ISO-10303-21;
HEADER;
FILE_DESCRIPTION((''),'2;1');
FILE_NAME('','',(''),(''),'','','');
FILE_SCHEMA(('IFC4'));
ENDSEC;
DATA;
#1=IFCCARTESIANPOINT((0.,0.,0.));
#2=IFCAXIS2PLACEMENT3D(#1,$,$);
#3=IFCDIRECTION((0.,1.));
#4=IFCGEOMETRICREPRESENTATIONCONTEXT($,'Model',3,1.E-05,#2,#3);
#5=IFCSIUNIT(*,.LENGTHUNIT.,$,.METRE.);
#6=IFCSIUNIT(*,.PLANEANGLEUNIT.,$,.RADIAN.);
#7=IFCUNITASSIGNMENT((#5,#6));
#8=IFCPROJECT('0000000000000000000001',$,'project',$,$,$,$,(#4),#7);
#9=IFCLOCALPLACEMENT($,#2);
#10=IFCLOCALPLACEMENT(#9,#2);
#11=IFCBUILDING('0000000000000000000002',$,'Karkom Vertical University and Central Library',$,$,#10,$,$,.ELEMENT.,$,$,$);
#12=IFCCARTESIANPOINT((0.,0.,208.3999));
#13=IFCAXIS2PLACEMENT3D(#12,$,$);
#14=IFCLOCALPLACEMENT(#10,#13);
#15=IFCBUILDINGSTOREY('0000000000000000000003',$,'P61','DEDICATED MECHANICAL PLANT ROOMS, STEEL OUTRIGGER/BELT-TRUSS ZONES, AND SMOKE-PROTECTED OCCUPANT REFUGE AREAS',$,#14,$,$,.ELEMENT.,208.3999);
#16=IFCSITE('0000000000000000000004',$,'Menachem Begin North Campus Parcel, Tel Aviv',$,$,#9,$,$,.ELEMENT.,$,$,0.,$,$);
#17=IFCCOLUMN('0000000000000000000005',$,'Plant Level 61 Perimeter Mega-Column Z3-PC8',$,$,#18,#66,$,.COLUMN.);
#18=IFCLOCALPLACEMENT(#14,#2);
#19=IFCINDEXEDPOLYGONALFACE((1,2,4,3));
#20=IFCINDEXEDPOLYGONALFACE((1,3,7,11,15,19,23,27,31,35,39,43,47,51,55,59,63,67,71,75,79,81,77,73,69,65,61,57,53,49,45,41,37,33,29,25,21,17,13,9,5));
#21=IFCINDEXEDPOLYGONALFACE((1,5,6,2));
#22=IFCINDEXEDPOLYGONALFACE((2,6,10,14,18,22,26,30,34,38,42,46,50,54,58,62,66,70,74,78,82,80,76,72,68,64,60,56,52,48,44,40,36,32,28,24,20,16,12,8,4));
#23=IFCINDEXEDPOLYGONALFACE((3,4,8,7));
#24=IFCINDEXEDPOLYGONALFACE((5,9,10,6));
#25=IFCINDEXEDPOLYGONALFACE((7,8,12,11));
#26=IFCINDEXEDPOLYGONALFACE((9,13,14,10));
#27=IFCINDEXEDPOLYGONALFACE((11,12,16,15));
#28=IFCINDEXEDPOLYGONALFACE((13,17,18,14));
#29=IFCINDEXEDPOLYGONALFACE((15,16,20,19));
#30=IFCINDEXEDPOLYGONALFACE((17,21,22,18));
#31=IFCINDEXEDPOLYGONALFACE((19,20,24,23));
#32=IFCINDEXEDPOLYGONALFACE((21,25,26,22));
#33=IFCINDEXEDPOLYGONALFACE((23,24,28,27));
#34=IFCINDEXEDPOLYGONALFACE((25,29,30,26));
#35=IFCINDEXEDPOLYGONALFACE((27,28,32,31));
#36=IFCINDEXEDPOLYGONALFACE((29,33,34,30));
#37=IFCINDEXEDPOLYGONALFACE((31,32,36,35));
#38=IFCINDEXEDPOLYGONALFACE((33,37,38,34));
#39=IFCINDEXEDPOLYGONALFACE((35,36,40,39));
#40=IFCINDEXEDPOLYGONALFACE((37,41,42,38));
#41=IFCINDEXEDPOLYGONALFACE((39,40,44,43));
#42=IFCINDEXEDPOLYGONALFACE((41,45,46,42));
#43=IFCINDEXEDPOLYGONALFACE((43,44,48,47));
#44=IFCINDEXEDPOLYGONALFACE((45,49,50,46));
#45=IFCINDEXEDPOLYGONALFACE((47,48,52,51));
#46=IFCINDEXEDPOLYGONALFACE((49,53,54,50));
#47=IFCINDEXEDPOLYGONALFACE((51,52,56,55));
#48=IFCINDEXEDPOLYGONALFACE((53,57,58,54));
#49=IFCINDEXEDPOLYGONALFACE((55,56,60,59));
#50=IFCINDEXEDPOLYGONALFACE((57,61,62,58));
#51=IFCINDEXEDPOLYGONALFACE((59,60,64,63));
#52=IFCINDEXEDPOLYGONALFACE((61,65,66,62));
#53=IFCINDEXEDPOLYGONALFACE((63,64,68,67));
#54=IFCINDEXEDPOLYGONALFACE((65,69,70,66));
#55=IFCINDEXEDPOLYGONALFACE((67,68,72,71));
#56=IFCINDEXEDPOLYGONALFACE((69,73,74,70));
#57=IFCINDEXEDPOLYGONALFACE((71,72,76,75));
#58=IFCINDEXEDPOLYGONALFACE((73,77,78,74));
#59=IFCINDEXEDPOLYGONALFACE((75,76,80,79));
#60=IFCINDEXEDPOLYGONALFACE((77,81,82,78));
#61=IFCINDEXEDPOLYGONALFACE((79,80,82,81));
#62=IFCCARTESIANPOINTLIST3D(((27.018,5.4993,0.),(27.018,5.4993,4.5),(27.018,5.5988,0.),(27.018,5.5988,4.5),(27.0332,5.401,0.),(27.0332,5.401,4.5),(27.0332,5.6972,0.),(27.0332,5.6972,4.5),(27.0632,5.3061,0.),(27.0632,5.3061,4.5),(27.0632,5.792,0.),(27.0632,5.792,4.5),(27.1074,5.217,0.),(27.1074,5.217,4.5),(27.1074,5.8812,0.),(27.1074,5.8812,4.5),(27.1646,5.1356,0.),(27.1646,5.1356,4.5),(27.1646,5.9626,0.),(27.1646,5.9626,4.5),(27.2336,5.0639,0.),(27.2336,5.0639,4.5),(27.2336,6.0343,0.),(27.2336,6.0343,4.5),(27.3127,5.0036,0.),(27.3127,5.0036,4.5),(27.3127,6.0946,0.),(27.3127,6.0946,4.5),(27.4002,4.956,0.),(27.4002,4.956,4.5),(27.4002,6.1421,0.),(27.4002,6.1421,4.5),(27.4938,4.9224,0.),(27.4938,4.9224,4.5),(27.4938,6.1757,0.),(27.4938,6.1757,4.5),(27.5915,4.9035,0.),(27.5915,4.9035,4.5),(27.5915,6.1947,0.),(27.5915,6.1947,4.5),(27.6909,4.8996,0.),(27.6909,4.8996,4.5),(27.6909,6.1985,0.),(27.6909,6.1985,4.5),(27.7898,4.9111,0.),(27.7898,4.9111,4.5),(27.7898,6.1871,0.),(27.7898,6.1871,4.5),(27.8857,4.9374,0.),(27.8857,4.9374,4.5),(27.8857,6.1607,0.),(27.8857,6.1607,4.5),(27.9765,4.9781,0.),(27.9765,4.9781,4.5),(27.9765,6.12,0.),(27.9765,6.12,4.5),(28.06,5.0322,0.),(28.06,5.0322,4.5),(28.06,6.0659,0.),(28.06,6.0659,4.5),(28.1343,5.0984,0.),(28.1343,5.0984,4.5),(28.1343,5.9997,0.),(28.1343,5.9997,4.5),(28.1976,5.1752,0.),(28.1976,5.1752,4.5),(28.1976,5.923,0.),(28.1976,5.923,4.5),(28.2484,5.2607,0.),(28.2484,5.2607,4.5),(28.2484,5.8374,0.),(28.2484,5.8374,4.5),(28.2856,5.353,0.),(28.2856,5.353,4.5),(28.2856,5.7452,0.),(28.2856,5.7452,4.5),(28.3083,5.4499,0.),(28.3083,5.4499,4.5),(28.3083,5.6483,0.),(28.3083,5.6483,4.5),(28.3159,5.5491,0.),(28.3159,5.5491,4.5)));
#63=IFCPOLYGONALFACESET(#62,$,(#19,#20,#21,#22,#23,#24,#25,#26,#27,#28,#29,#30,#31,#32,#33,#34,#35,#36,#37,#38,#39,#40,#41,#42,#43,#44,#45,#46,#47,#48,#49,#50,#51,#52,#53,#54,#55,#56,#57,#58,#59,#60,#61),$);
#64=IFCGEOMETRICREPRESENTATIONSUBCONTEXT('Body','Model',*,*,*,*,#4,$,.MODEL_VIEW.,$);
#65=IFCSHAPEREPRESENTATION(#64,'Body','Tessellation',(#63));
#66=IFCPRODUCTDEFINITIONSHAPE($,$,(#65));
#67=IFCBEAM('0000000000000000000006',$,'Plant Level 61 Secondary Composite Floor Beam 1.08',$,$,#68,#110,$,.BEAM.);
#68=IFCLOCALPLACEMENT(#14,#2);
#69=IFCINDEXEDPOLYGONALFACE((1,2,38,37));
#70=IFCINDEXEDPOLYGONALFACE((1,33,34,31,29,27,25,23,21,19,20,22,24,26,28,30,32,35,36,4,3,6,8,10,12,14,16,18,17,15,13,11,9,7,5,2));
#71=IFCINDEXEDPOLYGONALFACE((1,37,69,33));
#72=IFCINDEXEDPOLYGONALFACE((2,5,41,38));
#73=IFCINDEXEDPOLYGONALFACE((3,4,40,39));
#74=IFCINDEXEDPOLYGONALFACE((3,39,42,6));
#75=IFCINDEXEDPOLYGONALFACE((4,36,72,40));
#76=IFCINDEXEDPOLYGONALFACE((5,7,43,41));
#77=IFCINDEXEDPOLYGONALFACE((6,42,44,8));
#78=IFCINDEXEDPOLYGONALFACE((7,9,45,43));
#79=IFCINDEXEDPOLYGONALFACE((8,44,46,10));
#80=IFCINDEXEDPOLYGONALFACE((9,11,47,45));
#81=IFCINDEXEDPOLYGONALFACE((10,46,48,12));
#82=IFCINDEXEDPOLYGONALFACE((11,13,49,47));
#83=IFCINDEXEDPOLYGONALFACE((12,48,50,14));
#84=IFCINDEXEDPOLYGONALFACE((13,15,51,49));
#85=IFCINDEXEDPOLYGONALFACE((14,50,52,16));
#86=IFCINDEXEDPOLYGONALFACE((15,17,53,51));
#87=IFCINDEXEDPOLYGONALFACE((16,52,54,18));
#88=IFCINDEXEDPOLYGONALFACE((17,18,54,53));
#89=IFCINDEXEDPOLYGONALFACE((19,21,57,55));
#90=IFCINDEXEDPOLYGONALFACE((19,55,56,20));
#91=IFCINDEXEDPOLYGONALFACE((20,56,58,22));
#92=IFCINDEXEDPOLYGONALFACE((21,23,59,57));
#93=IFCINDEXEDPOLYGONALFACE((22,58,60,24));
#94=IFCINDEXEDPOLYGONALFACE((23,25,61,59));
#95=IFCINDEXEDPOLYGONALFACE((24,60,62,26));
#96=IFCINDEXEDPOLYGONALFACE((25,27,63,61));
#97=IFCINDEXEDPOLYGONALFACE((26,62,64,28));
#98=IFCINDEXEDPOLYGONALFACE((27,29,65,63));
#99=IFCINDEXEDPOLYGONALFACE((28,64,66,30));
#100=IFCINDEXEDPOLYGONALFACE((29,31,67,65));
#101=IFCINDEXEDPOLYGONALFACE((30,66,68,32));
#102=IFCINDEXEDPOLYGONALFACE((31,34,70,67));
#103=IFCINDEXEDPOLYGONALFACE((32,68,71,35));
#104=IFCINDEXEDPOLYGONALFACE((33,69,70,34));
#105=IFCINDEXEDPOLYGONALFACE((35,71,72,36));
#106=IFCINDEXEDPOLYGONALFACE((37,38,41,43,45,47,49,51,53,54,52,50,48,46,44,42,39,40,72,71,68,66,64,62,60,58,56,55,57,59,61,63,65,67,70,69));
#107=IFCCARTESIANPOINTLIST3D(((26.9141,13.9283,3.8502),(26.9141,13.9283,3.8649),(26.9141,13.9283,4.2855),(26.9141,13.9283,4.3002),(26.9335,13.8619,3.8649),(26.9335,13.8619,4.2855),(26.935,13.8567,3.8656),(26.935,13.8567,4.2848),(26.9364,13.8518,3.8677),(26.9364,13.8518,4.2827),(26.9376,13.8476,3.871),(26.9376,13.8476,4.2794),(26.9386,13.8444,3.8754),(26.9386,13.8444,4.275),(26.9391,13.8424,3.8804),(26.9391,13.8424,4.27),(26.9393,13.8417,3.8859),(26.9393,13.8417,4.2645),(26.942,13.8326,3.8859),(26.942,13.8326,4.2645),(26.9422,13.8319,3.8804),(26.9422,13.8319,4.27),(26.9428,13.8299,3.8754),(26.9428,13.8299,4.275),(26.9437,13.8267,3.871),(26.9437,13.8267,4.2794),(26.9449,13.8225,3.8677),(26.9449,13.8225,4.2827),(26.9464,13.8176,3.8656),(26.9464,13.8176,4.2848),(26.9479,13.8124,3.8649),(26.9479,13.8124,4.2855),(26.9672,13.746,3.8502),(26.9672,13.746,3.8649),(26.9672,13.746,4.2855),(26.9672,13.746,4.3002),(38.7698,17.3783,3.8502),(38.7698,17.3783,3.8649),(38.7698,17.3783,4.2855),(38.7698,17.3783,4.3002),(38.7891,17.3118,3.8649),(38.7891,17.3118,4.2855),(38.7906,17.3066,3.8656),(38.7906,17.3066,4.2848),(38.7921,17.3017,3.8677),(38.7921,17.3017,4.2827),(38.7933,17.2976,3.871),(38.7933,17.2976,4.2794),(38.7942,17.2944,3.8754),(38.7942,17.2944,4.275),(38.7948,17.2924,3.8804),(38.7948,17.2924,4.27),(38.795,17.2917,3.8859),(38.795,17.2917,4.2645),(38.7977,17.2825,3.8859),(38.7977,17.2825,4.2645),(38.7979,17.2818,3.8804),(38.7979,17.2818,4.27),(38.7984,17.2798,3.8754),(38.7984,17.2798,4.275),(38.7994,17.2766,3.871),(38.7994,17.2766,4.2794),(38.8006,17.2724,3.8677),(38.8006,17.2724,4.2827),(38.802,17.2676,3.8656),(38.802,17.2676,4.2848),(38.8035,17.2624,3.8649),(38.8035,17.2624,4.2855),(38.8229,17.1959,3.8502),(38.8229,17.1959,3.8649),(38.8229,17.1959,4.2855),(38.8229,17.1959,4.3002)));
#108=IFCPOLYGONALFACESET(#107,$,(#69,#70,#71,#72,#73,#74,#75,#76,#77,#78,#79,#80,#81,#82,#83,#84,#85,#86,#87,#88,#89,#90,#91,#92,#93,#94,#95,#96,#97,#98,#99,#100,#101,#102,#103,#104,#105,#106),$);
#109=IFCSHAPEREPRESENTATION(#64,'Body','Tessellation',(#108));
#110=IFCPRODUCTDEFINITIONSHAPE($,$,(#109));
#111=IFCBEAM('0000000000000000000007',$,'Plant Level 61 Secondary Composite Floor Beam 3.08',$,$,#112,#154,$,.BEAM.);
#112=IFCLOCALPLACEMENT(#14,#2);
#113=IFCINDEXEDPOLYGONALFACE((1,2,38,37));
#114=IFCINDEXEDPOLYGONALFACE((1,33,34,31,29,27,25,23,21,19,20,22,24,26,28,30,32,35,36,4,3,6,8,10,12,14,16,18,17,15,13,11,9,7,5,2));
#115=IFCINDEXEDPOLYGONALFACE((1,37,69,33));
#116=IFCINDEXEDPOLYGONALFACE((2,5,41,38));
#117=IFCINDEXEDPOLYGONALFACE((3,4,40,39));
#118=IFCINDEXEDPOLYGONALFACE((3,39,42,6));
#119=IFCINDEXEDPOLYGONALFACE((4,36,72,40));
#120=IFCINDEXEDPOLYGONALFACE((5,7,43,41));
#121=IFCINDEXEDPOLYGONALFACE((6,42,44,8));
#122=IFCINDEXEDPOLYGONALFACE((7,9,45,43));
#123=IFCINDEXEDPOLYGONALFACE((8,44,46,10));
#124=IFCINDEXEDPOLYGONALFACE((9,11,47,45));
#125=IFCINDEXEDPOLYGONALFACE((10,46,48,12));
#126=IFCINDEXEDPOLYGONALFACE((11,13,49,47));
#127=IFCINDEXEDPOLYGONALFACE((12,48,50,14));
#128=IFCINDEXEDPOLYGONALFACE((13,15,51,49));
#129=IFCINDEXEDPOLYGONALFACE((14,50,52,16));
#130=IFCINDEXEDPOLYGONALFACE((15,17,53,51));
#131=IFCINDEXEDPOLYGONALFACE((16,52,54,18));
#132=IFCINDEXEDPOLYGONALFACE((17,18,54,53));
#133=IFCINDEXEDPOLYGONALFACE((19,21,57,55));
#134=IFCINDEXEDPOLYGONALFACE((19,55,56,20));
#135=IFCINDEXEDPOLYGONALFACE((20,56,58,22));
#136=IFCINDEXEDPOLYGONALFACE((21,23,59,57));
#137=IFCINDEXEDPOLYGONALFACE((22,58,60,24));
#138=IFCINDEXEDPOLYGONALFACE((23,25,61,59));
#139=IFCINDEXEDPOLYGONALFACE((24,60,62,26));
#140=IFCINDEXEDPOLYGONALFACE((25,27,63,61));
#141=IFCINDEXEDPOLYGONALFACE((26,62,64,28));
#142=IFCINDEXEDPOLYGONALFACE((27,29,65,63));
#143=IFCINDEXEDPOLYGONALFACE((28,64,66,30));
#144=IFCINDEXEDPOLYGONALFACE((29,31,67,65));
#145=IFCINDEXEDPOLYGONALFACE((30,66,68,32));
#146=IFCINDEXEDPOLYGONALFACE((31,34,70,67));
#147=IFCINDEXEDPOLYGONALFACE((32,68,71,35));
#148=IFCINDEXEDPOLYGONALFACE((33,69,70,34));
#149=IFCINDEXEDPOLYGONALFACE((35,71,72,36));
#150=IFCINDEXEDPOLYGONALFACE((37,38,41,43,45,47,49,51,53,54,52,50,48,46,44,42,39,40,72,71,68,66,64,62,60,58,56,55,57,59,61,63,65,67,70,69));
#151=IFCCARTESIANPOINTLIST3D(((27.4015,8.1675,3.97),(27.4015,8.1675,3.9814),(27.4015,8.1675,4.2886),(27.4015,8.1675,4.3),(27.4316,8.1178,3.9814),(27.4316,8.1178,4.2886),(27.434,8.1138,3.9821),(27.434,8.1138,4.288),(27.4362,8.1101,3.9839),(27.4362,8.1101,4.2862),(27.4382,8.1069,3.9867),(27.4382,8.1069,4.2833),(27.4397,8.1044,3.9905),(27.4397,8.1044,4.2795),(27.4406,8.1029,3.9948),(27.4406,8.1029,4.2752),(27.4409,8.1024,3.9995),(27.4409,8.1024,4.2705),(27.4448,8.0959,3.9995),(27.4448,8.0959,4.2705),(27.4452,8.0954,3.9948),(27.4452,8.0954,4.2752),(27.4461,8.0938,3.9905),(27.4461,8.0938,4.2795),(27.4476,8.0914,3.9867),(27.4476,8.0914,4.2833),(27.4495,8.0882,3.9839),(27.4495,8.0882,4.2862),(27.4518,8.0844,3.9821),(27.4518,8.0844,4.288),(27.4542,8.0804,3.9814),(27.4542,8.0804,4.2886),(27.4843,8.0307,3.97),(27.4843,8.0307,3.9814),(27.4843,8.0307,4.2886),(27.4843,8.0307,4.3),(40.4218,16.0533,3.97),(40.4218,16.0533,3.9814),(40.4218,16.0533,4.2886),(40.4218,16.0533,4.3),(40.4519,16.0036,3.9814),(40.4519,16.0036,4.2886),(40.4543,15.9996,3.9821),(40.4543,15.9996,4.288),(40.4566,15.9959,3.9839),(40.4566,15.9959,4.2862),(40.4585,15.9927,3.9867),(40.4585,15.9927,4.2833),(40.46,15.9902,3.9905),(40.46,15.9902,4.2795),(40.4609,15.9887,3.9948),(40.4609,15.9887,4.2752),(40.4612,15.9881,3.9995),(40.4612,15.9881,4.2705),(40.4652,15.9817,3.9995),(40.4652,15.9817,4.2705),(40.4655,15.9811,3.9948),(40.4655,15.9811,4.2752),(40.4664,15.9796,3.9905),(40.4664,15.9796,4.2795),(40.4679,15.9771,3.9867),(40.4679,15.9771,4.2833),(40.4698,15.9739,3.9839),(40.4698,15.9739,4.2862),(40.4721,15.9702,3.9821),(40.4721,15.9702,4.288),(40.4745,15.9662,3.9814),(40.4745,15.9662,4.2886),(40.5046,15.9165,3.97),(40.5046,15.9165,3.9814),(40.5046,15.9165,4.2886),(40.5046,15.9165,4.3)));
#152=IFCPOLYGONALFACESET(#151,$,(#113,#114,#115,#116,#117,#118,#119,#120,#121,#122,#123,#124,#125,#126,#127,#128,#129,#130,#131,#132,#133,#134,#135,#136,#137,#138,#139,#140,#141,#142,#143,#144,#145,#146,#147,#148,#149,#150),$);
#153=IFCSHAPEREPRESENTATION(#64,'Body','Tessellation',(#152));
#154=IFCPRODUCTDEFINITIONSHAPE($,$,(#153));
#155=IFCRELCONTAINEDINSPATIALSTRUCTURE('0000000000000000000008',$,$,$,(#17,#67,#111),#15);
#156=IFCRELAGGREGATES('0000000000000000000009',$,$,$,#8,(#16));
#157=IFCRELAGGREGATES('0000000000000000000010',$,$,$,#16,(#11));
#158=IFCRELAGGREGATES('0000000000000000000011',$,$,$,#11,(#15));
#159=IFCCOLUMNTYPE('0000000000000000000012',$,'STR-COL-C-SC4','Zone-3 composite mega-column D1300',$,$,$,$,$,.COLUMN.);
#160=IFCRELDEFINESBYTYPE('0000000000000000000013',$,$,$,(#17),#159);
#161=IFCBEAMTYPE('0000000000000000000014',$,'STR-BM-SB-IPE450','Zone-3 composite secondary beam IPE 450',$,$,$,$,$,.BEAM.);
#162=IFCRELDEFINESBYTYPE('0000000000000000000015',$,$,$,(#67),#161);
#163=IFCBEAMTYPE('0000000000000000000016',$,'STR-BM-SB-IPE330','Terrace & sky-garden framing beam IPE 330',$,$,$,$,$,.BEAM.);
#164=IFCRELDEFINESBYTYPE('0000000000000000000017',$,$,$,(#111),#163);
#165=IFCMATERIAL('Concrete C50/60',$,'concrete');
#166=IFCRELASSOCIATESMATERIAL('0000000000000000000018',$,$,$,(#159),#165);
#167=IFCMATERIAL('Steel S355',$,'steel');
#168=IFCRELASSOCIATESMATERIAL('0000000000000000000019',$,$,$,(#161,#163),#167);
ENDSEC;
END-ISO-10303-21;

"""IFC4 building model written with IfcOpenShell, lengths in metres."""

from ifc_helpers import new_model, si_unit, direction, frame, origin, origin_with_axes, origin_2d, place, context, subcontext, project, spatial, circle, i_section, extrude, source, transform, mapped, material, material_profile, profile_set, type_object, element, save


model = new_model("IFC4")

# Units and contexts
model_context = context("Model", 3, precision=1e-05, world=origin(), true_north=direction((0.0, 1.0)))
body_context = subcontext(model_context, "Body", "Model", "MODEL_VIEW")
ifc_project = project(units=[si_unit("LENGTHUNIT", "METRE"), si_unit("PLANEANGLEUNIT", "RADIAN")], contexts=[model_context])

# Site, building, storey
site_placement = place(None, origin())
site = spatial("IfcSite", under=ifc_project, at=site_placement, Name="Menachem Begin North Campus Parcel, Tel Aviv", CompositionType="ELEMENT", RefElevation=0.0)
building_placement = place(site_placement, origin())
building = spatial("IfcBuilding", under=site, at=building_placement, Name="Karkom Vertical University and Central Library", CompositionType="ELEMENT")
storey_placement = place(building_placement, frame((0.0, 0.0, 208.3999)))
storey = spatial("IfcBuildingStorey", under=building, at=storey_placement, Name="P61", Description="DEDICATED MECHANICAL PLANT ROOMS, STEEL OUTRIGGER/BELT-TRUSS ZONES, AND SMOKE-PROTECTED OCCUPANT REFUGE AREAS", CompositionType="ELEMENT", Elevation=208.3999)

# Column
ifc_material_1 = material(Name="Concrete C50/60", Category="concrete")
ifc_material_profile_1 = material_profile(ifc_material_1, circle(Radius=0.6499, at=origin_2d()), Name="CFT-D1300")
ifc_profile_set_1 = profile_set([ifc_material_profile_1], Name="Concrete C50/60")
column_type = type_object("IfcColumnType", Name="STR-COL-C-SC4", Description="Zone-3 composite mega-column D1300", PredefinedType="COLUMN", material=ifc_profile_set_1)
shared_shape_1 = source(origin_with_axes(), body_context, "Body", "SweptSolid", [
    extrude(circle(Radius=0.6499, at=origin_2d()), origin(), (0.0, 0.0, 1.0), 4.5),
])
column_placement = place(storey_placement, frame((27.666, 5.5491, 0.0), z_axis=(0.0, 0.0, 1.0), x_axis=(1.0, 0.0, 0.0)))
element("IfcColumn", 1, at=column_placement, inside=storey, type_object=column_type, Name="Plant Level 61 Perimeter Mega-Column Z3-PC8", PredefinedType="COLUMN", context=body_context, shape_type="MappedRepresentation", body=[
    mapped(shared_shape_1, transform((0.0, 0.0, 0.0), scale=1.0)),
])

# Beams
ifc_material_2 = material(Name="Steel S355", Category="steel")
ifc_material_profile_2 = material_profile(ifc_material_2, i_section(OverallWidth=0.1899, OverallDepth=0.45, WebThickness=0.0095, FlangeThickness=0.0146, FilletRadius=0.021, at=origin_2d()), Name="IPE 450")
ifc_profile_set_2 = profile_set([ifc_material_profile_2], Name="Steel S355")
beam_type_1 = type_object("IfcBeamType", Name="STR-BM-SB-IPE450", Description="Zone-3 composite secondary beam IPE 450", PredefinedType="BEAM", material=ifc_profile_set_2)
shared_shape_2 = source(origin_with_axes(), body_context, "Body", "SweptSolid", [
    extrude(i_section(OverallWidth=0.1899, OverallDepth=0.45, WebThickness=0.0095, FlangeThickness=0.0146, FilletRadius=0.021, at=origin_2d()), origin(), (0.0, 0.0, 1.0), 12.3474),
])
beam_1_placement = place(storey_placement, frame((26.9407, 13.8372, 4.0752), z_axis=(0.960173, 0.279405, 0.0), x_axis=(-0.279405, 0.960173, 0.0)))
element("IfcBeam", 2, at=beam_1_placement, inside=storey, type_object=beam_type_1, Name="Plant Level 61 Secondary Composite Floor Beam 1.08", PredefinedType="BEAM", context=body_context, shape_type="MappedRepresentation", body=[
    mapped(shared_shape_2, transform((0.0, 0.0, 0.0), scale=1.0)),
])
ifc_material_profile_3 = material_profile(ifc_material_2, i_section(OverallWidth=0.1599, OverallDepth=0.3301, WebThickness=0.0076, FlangeThickness=0.0115, FilletRadius=0.0181, at=origin_2d()), Name="IPE 330")
ifc_profile_set_3 = profile_set([ifc_material_profile_3], Name="Steel S355")
beam_type_2 = type_object("IfcBeamType", Name="STR-BM-SB-IPE330", Description="Terrace & sky-garden framing beam IPE 330", PredefinedType="BEAM", material=ifc_profile_set_3)
shared_shape_3 = source(origin_with_axes(), body_context, "Body", "SweptSolid", [
    extrude(i_section(OverallWidth=0.1599, OverallDepth=0.3301, WebThickness=0.0076, FlangeThickness=0.0115, FilletRadius=0.0181, at=origin_2d()), origin(), (0.0, 0.0, 1.0), 15.2222),
])
beam_2_placement = place(storey_placement, frame((27.4429, 8.0991, 4.135), z_axis=(0.855353, 0.518046, 0.0), x_axis=(-0.518046, 0.855353, 0.0)))
element("IfcBeam", 3, at=beam_2_placement, inside=storey, type_object=beam_type_2, Name="Plant Level 61 Secondary Composite Floor Beam 3.08", PredefinedType="BEAM", context=body_context, shape_type="MappedRepresentation", body=[
    mapped(shared_shape_3, transform((0.0, 0.0, 0.0), scale=1.0)),
])

save(model, "model.ifc")
